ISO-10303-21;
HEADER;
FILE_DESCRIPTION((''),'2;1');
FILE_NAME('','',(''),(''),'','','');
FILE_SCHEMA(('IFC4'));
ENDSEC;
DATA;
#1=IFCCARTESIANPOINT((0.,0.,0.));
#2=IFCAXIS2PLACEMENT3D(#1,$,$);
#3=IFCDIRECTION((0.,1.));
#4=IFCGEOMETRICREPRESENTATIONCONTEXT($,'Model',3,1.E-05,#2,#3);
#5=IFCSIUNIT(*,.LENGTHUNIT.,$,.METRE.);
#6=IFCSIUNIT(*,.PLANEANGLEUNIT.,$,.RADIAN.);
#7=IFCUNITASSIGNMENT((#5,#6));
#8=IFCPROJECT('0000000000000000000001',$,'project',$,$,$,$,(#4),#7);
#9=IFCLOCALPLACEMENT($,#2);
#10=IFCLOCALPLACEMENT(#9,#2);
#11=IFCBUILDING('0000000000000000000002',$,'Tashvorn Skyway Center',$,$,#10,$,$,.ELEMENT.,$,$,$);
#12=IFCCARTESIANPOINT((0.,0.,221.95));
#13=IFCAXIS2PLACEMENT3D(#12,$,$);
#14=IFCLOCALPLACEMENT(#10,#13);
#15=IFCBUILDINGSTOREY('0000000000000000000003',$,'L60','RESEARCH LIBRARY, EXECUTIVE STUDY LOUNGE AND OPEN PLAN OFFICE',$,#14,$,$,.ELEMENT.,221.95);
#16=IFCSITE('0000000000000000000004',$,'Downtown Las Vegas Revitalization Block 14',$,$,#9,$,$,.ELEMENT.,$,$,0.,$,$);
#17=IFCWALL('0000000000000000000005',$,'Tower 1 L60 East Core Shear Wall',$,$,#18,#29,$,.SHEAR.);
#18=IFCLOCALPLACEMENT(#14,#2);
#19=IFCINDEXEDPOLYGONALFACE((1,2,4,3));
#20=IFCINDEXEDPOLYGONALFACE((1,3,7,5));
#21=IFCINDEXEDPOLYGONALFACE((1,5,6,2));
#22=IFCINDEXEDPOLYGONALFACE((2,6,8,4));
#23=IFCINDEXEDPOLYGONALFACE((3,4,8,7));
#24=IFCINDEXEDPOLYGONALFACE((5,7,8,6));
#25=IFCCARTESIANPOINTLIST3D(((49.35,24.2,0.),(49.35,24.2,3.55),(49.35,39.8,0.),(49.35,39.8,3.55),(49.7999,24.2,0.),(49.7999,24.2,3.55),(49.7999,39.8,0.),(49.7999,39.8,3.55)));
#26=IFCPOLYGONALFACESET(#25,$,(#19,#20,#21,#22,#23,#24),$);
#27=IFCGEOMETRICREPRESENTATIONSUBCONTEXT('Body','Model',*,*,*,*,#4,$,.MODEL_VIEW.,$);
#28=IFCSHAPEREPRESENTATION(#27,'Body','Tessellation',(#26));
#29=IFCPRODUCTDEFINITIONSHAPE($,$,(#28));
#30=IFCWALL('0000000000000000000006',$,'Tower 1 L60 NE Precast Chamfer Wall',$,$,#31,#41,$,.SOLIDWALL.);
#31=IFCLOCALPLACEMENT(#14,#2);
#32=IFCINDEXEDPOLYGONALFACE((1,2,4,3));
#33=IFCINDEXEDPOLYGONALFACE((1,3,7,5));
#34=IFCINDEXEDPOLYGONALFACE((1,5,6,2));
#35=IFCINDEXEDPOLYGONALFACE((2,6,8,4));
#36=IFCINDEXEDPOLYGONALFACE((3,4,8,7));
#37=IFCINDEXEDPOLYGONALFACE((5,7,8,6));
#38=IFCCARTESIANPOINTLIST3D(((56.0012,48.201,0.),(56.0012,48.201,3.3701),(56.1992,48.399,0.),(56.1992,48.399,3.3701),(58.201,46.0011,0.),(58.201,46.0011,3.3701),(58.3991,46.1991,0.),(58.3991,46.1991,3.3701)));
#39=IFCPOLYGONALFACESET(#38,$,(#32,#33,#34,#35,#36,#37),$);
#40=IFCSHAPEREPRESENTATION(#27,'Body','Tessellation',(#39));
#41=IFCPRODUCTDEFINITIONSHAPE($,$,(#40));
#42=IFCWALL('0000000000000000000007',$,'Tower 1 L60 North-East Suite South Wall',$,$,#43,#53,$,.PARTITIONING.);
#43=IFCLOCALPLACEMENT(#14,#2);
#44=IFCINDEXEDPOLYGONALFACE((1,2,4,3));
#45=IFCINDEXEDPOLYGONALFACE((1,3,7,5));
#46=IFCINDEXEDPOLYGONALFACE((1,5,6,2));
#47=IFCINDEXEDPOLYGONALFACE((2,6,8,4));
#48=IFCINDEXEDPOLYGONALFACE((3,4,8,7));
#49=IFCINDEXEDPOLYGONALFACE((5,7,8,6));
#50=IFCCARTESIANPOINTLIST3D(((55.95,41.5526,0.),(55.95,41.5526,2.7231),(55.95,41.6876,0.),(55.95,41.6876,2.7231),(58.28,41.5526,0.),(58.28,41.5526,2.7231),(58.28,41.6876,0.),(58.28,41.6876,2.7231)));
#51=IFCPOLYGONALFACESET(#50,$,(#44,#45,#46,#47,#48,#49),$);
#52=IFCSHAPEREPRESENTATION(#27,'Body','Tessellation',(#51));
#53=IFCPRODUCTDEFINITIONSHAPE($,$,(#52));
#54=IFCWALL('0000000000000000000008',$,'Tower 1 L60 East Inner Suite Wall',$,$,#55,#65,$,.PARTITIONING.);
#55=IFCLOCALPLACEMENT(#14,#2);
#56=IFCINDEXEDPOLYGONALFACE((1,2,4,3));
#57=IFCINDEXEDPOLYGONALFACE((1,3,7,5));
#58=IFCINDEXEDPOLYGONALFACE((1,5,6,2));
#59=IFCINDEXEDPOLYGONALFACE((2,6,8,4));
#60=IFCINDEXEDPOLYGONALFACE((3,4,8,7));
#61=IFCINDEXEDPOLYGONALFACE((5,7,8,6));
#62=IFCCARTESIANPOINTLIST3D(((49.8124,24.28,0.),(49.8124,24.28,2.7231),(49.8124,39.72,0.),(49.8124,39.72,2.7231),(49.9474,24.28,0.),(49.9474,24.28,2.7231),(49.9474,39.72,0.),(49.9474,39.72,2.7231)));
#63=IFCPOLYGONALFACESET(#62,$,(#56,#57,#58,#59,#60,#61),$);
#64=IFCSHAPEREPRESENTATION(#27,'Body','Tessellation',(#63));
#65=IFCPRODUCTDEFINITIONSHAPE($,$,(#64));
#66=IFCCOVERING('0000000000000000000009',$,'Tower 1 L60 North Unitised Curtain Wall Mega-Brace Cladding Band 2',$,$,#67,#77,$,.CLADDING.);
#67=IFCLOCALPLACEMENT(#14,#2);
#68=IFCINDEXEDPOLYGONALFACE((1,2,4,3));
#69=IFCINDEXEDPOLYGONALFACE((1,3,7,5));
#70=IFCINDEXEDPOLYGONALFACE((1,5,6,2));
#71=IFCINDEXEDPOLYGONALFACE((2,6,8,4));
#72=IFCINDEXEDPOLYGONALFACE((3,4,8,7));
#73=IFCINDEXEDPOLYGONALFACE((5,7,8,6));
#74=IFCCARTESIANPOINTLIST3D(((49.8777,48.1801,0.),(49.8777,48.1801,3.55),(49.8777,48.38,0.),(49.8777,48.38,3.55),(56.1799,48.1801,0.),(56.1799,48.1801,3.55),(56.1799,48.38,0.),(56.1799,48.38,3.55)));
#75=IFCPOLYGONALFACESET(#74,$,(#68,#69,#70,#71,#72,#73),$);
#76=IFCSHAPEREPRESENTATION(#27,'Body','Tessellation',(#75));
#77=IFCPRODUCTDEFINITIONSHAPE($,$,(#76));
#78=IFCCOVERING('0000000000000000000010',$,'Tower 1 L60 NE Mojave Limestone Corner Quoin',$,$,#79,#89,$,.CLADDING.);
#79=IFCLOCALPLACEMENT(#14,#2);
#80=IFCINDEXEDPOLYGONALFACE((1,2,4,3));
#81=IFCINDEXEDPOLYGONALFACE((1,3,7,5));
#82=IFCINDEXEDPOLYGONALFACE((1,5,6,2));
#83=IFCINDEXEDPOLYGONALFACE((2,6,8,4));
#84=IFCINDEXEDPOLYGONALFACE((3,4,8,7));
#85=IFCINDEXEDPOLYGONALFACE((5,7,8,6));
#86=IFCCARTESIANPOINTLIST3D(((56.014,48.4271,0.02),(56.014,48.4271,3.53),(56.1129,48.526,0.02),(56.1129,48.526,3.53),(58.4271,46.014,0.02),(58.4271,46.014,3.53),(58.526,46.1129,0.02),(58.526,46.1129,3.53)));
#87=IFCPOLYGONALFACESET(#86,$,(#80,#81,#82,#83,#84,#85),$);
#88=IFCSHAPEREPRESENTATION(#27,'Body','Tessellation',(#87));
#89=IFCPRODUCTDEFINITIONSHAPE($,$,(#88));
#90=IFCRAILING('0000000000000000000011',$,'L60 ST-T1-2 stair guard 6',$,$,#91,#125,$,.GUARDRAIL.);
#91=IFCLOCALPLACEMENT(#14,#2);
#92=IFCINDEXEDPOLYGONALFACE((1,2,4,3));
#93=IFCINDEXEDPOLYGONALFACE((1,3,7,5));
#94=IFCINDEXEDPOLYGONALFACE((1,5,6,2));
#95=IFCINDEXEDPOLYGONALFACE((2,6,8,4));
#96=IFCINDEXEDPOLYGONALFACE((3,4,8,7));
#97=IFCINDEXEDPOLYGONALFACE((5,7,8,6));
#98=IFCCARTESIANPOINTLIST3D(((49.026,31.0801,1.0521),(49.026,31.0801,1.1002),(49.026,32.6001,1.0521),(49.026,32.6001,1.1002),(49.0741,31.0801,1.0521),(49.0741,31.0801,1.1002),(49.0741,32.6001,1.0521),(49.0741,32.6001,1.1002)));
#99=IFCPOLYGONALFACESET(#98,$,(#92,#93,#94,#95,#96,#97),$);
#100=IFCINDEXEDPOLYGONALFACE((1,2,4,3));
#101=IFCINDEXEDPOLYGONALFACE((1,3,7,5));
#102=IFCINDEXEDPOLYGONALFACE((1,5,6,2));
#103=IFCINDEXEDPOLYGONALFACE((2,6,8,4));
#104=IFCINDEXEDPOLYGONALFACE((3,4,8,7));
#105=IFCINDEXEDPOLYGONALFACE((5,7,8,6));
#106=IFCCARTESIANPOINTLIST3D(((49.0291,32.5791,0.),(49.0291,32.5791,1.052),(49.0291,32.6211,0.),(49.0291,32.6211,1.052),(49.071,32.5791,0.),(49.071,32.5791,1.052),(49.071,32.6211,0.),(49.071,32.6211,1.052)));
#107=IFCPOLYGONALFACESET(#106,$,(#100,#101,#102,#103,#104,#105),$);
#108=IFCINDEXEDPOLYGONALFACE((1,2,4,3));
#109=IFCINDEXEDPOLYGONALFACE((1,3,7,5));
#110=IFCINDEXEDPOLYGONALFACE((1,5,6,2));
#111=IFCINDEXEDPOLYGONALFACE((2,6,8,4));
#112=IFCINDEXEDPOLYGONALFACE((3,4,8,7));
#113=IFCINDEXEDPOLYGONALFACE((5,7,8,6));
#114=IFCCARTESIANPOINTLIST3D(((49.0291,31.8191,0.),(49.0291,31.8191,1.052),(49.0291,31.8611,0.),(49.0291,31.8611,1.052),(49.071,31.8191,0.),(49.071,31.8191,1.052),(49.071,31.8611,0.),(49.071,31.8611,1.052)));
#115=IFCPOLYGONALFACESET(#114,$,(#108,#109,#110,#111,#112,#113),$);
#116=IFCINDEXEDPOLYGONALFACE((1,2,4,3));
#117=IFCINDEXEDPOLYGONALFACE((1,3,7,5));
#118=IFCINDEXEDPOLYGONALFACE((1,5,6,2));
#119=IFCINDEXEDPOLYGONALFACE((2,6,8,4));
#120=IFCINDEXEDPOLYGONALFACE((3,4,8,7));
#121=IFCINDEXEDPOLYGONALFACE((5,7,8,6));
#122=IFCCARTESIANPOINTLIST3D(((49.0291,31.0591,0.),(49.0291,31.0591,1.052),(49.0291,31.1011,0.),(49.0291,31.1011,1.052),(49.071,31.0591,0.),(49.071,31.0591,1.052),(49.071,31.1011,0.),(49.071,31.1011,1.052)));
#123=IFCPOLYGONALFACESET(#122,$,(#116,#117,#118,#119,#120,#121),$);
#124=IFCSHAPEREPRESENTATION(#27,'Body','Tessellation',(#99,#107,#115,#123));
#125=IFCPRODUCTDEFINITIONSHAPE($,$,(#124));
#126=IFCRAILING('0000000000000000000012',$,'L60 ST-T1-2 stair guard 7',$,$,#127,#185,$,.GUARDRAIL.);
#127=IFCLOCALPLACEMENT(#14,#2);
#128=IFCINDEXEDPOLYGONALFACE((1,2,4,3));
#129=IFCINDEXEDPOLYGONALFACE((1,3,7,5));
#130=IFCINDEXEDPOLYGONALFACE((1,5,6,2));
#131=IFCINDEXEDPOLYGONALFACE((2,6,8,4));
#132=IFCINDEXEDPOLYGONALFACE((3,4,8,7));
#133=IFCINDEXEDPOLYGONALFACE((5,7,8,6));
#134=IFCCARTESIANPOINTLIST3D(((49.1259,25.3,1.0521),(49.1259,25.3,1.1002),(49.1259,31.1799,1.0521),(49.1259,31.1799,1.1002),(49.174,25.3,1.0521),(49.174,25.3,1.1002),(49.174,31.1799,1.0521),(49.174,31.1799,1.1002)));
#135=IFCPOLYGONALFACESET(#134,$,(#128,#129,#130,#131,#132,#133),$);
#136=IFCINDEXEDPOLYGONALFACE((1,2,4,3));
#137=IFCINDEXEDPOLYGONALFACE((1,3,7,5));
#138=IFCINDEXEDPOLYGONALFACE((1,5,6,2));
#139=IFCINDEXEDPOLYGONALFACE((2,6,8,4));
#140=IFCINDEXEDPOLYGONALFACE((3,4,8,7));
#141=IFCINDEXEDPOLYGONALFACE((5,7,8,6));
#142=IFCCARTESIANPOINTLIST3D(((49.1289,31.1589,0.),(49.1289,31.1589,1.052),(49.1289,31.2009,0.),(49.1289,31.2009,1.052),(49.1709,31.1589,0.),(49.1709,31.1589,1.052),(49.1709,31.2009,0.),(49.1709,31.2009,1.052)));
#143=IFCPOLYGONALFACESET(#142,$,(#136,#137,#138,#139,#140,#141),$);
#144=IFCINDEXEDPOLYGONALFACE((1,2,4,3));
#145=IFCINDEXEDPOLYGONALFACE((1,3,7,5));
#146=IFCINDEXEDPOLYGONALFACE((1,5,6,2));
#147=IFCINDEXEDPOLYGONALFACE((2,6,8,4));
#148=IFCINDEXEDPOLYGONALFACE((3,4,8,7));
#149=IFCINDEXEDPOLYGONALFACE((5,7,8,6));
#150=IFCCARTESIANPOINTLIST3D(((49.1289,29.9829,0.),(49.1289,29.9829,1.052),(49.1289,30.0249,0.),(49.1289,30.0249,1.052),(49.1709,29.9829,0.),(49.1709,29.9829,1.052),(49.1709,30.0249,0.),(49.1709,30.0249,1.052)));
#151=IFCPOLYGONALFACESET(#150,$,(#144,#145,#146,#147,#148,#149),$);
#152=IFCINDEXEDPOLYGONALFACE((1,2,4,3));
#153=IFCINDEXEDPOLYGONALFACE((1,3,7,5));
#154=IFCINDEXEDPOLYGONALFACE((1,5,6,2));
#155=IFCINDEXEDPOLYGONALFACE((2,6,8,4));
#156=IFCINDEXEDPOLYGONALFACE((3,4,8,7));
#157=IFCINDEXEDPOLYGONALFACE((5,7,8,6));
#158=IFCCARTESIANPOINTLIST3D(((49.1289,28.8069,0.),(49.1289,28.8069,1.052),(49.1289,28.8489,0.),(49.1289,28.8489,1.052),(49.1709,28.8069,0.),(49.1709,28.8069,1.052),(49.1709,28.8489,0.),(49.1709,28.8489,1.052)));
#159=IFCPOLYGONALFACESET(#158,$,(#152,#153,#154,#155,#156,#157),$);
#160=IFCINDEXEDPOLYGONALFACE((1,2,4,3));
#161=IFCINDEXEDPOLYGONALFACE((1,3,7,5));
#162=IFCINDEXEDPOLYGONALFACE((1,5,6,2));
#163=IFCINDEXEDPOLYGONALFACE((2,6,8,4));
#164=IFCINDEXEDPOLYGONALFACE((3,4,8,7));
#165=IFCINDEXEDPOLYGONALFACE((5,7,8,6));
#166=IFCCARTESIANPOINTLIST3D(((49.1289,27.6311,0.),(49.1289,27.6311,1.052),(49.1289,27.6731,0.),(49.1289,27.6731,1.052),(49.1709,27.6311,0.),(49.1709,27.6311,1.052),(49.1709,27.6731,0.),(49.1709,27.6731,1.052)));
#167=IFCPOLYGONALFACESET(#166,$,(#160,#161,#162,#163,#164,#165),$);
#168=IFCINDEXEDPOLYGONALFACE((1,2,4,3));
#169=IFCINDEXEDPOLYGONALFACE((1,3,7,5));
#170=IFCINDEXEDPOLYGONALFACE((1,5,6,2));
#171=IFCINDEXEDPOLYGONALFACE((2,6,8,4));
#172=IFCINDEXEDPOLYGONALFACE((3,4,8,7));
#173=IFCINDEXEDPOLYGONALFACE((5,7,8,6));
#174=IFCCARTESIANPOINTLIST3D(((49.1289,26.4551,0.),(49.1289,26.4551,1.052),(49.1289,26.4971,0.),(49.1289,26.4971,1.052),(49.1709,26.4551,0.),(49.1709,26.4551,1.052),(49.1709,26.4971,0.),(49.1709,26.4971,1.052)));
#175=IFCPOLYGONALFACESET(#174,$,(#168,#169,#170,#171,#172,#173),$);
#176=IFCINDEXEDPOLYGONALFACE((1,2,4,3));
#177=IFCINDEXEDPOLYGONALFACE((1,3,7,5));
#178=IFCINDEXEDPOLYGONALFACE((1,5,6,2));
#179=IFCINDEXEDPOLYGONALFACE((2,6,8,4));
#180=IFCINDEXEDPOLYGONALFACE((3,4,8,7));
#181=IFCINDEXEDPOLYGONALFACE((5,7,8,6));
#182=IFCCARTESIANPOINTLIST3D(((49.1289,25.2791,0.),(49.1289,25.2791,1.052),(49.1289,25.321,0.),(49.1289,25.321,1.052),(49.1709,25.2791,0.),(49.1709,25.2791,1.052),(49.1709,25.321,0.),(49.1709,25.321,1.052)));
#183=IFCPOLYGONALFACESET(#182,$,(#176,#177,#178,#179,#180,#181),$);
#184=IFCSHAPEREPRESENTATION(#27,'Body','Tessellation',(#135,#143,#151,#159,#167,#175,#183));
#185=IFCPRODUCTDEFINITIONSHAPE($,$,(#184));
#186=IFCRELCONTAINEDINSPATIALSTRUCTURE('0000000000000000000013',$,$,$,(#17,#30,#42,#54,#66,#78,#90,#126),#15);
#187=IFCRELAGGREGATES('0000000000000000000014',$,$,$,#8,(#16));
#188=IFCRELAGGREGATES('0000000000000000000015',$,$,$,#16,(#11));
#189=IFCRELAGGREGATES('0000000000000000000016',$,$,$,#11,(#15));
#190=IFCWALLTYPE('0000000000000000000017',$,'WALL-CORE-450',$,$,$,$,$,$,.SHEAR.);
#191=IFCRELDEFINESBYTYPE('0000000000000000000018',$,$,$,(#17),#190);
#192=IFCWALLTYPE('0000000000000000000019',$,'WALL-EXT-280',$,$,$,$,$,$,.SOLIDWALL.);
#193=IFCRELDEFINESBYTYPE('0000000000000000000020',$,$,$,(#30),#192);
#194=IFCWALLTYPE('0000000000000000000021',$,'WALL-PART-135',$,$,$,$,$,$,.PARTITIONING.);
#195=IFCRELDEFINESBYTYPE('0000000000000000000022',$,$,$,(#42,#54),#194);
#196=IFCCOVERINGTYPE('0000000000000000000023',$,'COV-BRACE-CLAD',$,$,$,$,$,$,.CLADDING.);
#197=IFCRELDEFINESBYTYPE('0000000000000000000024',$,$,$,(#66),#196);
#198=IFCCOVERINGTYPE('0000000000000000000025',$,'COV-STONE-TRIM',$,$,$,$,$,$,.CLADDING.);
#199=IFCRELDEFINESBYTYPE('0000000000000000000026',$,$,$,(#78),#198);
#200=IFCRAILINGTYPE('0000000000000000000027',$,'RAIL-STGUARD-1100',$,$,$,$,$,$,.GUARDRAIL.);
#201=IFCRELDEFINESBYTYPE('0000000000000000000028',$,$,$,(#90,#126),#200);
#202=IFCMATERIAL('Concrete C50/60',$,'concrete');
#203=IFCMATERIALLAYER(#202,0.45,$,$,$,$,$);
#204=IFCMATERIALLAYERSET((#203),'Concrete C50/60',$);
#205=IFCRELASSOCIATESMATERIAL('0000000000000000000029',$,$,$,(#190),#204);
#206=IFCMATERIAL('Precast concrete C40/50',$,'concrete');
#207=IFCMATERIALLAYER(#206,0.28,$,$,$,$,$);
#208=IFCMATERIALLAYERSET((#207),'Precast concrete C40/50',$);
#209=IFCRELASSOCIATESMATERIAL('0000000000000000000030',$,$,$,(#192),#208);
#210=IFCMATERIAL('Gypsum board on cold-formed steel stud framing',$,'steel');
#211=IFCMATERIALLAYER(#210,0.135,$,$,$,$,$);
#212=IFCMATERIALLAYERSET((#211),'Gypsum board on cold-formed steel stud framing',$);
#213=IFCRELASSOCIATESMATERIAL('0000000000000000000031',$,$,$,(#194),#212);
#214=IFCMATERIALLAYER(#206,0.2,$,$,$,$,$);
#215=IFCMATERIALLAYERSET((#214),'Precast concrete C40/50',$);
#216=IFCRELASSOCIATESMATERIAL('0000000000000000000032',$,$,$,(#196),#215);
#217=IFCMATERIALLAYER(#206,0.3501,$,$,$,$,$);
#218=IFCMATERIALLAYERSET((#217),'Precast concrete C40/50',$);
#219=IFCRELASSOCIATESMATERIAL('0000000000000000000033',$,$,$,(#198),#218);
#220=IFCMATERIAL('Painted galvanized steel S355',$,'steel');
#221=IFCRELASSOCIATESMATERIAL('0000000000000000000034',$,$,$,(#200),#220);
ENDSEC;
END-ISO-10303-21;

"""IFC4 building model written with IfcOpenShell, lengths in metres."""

from ifc_helpers import new_model, si_unit, direction, frame, frame_2d, origin, origin_2d, place, context, subcontext, project, spatial, rectangle, extrude, material, layer, layer_set, type_object, element, save


model = new_model("IFC4")

# Units and contexts
model_context = context("Model", 3, precision=1e-05, world=origin(), true_north=direction((0.0, 1.0)))
body_context = subcontext(model_context, "Body", "Model", "MODEL_VIEW")
ifc_project = project(units=[si_unit("LENGTHUNIT", "METRE"), si_unit("PLANEANGLEUNIT", "RADIAN")], contexts=[model_context])

# Site, building, storey
site_placement = place(None, origin())
site = spatial("IfcSite", under=ifc_project, at=site_placement, Name="Downtown Las Vegas Revitalization Block 14", CompositionType="ELEMENT", RefElevation=0.0)
building_placement = place(site_placement, origin())
building = spatial("IfcBuilding", under=site, at=building_placement, Name="Tashvorn Skyway Center", CompositionType="ELEMENT")
storey_placement = place(building_placement, frame((0.0, 0.0, 221.95)))
storey = spatial("IfcBuildingStorey", under=building, at=storey_placement, Name="L60", Description="RESEARCH LIBRARY, EXECUTIVE STUDY LOUNGE AND OPEN PLAN OFFICE", CompositionType="ELEMENT", Elevation=221.95)

# Walls
ifc_material_1 = material(Name="Concrete C50/60", Category="concrete")
ifc_layer_1 = layer(ifc_material_1, 0.45)
ifc_layer_set_1 = layer_set([ifc_layer_1], Name="Concrete C50/60")
wall_type_1 = type_object("IfcWallType", Name="WALL-CORE-450", PredefinedType="SHEAR", material=ifc_layer_set_1)
wall_1_placement = place(storey_placement, frame((49.575, 39.8, 0.0), z_axis=(0.0, 0.0, 1.0), x_axis=(0.0, -1.0, 0.0)))
element("IfcWall", 1, at=wall_1_placement, inside=storey, type_object=wall_type_1, Name="Tower 1 L60 East Core Shear Wall", PredefinedType="SHEAR", context=body_context, shape_type="SweptSolid", body=[
    extrude(rectangle(XDim=15.6001, YDim=0.45, at=frame_2d((7.8, 0.0))), origin(), (0.0, 0.0, 1.0), 3.55),
])
ifc_material_2 = material(Name="Precast concrete C40/50", Category="concrete")
ifc_layer_2 = layer(ifc_material_2, 0.28)
ifc_layer_set_2 = layer_set([ifc_layer_2], Name="Precast concrete C40/50")
wall_type_2 = type_object("IfcWallType", Name="WALL-EXT-280", PredefinedType="SOLIDWALL", material=ifc_layer_set_2)
wall_2_placement = place(storey_placement, frame((56.1001, 48.3, 0.0), z_axis=(0.0, 0.0, 1.0), x_axis=(0.707107, -0.707107, 0.0)))
element("IfcWall", 2, at=wall_2_placement, inside=storey, type_object=wall_type_2, Name="Tower 1 L60 NE Precast Chamfer Wall", PredefinedType="SOLIDWALL", context=body_context, shape_type="SweptSolid", body=[
    extrude(rectangle(XDim=3.1111, YDim=0.28, at=frame_2d((1.5557, 0.0))), origin(), (0.0, 0.0, 1.0), 3.3701),
])
ifc_material_3 = material(Name="Gypsum board on cold-formed steel stud framing", Category="steel")
ifc_layer_3 = layer(ifc_material_3, 0.135)
ifc_layer_set_3 = layer_set([ifc_layer_3], Name="Gypsum board on cold-formed steel stud framing")
wall_type_3 = type_object("IfcWallType", Name="WALL-PART-135", PredefinedType="PARTITIONING", material=ifc_layer_set_3)
wall_3_placement = place(storey_placement, frame((55.95, 41.6201, 0.0), z_axis=(0.0, 0.0, 1.0), x_axis=(1.0, 0.0, 0.0)))
element("IfcWall", 3, at=wall_3_placement, inside=storey, type_object=wall_type_3, Name="Tower 1 L60 North-East Suite South Wall", PredefinedType="PARTITIONING", context=body_context, shape_type="SweptSolid", body=[
    extrude(rectangle(XDim=2.3301, YDim=0.135, at=frame_2d((1.165, 0.0))), origin(), (0.0, 0.0, 1.0), 2.7231),
])
wall_4_placement = place(storey_placement, frame((49.8799, 39.72, 0.0), z_axis=(0.0, 0.0, 1.0), x_axis=(0.0, -1.0, 0.0)))
element("IfcWall", 4, at=wall_4_placement, inside=storey, type_object=wall_type_3, Name="Tower 1 L60 East Inner Suite Wall", PredefinedType="PARTITIONING", context=body_context, shape_type="SweptSolid", body=[
    extrude(rectangle(XDim=15.4399, YDim=0.135, at=frame_2d((7.72, 0.0))), origin(), (0.0, 0.0, 1.0), 2.7231),
])

# Coverings
ifc_layer_4 = layer(ifc_material_2, 0.2)
ifc_layer_set_4 = layer_set([ifc_layer_4], Name="Precast concrete C40/50")
covering_type_1 = type_object("IfcCoveringType", Name="COV-BRACE-CLAD", PredefinedType="CLADDING", material=ifc_layer_set_4)
covering_1_placement = place(storey_placement, frame((53.0288, 48.28, 0.0), z_axis=(0.0, 0.0, 1.0), x_axis=(1.0, 0.0, 0.0)))
element("IfcCovering", 5, at=covering_1_placement, inside=storey, type_object=covering_type_1, Name="Tower 1 L60 North Unitised Curtain Wall Mega-Brace Cladding Band 2", PredefinedType="CLADDING", context=body_context, shape_type="SweptSolid", body=[
    extrude(rectangle(XDim=6.3022, YDim=0.2, at=origin_2d()), origin(), (0.0, 0.0, 1.0), 3.55),
])
ifc_layer_5 = layer(ifc_material_2, 0.3501)
ifc_layer_set_5 = layer_set([ifc_layer_5], Name="Precast concrete C40/50")
covering_type_2 = type_object("IfcCoveringType", Name="COV-STONE-TRIM", PredefinedType="CLADDING", material=ifc_layer_set_5)
covering_2_placement = place(storey_placement, frame((57.27, 47.27, 0.02), z_axis=(0.0, 0.0, 1.0), x_axis=(0.707107, -0.707107, 0.0)))
element("IfcCovering", 6, at=covering_2_placement, inside=storey, type_object=covering_type_2, Name="Tower 1 L60 NE Mojave Limestone Corner Quoin", PredefinedType="CLADDING", context=body_context, shape_type="SweptSolid", body=[
    extrude(rectangle(XDim=3.4126, YDim=0.1399, at=origin_2d()), origin(), (0.0, 0.0, 1.0), 3.51),
])

# Railings
ifc_material_4 = material(Name="Painted galvanized steel S355", Category="steel")
railing_type = type_object("IfcRailingType", Name="RAIL-STGUARD-1100", PredefinedType="GUARDRAIL", material=ifc_material_4)
railing_1_placement = place(storey_placement, frame((49.05, 32.6001, 0.0)))
element("IfcRailing", 7, at=railing_1_placement, inside=storey, type_object=railing_type, Name="L60 ST-T1-2 stair guard 6", PredefinedType="GUARDRAIL", context=body_context, shape_type="SweptSolid", body=[
    extrude(rectangle(XDim=0.0481, YDim=0.0481, at=origin_2d()), frame((0.0, 0.0, 1.0762), z_axis=(0.0, -1.0, 0.0), x_axis=(1.0, 0.0, 0.0)), (0.0, 0.0, 1.0), 1.52),
    extrude(rectangle(XDim=0.042, YDim=0.042, at=origin_2d()), origin(), (0.0, 0.0, 1.0), 1.052),
    extrude(rectangle(XDim=0.042, YDim=0.042, at=origin_2d()), frame((0.0, -0.76, 0.0)), (0.0, 0.0, 1.0), 1.052),
    extrude(rectangle(XDim=0.042, YDim=0.042, at=origin_2d()), frame((0.0, -1.52, 0.0)), (0.0, 0.0, 1.0), 1.052),
])
railing_2_placement = place(storey_placement, frame((49.1499, 31.1799, 0.0)))
element("IfcRailing", 8, at=railing_2_placement, inside=storey, type_object=railing_type, Name="L60 ST-T1-2 stair guard 7", PredefinedType="GUARDRAIL", context=body_context, shape_type="SweptSolid", body=[
    extrude(rectangle(XDim=0.0481, YDim=0.0481, at=origin_2d()), frame((0.0, 0.0, 1.0762), z_axis=(0.0, -1.0, 0.0), x_axis=(1.0, 0.0, 0.0)), (0.0, 0.0, 1.0), 5.8799),
    extrude(rectangle(XDim=0.042, YDim=0.042, at=origin_2d()), origin(), (0.0, 0.0, 1.0), 1.052),
    extrude(rectangle(XDim=0.042, YDim=0.042, at=origin_2d()), frame((0.0, -1.176, 0.0)), (0.0, 0.0, 1.0), 1.052),
    extrude(rectangle(XDim=0.042, YDim=0.042, at=origin_2d()), frame((0.0, -2.3521, 0.0)), (0.0, 0.0, 1.0), 1.052),
    extrude(rectangle(XDim=0.042, YDim=0.042, at=origin_2d()), frame((0.0, -3.5278, 0.0)), (0.0, 0.0, 1.0), 1.052),
    extrude(rectangle(XDim=0.042, YDim=0.042, at=origin_2d()), frame((0.0, -4.7039, 0.0)), (0.0, 0.0, 1.0), 1.052),
    extrude(rectangle(XDim=0.042, YDim=0.042, at=origin_2d()), frame((0.0, -5.8799, 0.0)), (0.0, 0.0, 1.0), 1.052),
])

save(model, "model.ifc")
